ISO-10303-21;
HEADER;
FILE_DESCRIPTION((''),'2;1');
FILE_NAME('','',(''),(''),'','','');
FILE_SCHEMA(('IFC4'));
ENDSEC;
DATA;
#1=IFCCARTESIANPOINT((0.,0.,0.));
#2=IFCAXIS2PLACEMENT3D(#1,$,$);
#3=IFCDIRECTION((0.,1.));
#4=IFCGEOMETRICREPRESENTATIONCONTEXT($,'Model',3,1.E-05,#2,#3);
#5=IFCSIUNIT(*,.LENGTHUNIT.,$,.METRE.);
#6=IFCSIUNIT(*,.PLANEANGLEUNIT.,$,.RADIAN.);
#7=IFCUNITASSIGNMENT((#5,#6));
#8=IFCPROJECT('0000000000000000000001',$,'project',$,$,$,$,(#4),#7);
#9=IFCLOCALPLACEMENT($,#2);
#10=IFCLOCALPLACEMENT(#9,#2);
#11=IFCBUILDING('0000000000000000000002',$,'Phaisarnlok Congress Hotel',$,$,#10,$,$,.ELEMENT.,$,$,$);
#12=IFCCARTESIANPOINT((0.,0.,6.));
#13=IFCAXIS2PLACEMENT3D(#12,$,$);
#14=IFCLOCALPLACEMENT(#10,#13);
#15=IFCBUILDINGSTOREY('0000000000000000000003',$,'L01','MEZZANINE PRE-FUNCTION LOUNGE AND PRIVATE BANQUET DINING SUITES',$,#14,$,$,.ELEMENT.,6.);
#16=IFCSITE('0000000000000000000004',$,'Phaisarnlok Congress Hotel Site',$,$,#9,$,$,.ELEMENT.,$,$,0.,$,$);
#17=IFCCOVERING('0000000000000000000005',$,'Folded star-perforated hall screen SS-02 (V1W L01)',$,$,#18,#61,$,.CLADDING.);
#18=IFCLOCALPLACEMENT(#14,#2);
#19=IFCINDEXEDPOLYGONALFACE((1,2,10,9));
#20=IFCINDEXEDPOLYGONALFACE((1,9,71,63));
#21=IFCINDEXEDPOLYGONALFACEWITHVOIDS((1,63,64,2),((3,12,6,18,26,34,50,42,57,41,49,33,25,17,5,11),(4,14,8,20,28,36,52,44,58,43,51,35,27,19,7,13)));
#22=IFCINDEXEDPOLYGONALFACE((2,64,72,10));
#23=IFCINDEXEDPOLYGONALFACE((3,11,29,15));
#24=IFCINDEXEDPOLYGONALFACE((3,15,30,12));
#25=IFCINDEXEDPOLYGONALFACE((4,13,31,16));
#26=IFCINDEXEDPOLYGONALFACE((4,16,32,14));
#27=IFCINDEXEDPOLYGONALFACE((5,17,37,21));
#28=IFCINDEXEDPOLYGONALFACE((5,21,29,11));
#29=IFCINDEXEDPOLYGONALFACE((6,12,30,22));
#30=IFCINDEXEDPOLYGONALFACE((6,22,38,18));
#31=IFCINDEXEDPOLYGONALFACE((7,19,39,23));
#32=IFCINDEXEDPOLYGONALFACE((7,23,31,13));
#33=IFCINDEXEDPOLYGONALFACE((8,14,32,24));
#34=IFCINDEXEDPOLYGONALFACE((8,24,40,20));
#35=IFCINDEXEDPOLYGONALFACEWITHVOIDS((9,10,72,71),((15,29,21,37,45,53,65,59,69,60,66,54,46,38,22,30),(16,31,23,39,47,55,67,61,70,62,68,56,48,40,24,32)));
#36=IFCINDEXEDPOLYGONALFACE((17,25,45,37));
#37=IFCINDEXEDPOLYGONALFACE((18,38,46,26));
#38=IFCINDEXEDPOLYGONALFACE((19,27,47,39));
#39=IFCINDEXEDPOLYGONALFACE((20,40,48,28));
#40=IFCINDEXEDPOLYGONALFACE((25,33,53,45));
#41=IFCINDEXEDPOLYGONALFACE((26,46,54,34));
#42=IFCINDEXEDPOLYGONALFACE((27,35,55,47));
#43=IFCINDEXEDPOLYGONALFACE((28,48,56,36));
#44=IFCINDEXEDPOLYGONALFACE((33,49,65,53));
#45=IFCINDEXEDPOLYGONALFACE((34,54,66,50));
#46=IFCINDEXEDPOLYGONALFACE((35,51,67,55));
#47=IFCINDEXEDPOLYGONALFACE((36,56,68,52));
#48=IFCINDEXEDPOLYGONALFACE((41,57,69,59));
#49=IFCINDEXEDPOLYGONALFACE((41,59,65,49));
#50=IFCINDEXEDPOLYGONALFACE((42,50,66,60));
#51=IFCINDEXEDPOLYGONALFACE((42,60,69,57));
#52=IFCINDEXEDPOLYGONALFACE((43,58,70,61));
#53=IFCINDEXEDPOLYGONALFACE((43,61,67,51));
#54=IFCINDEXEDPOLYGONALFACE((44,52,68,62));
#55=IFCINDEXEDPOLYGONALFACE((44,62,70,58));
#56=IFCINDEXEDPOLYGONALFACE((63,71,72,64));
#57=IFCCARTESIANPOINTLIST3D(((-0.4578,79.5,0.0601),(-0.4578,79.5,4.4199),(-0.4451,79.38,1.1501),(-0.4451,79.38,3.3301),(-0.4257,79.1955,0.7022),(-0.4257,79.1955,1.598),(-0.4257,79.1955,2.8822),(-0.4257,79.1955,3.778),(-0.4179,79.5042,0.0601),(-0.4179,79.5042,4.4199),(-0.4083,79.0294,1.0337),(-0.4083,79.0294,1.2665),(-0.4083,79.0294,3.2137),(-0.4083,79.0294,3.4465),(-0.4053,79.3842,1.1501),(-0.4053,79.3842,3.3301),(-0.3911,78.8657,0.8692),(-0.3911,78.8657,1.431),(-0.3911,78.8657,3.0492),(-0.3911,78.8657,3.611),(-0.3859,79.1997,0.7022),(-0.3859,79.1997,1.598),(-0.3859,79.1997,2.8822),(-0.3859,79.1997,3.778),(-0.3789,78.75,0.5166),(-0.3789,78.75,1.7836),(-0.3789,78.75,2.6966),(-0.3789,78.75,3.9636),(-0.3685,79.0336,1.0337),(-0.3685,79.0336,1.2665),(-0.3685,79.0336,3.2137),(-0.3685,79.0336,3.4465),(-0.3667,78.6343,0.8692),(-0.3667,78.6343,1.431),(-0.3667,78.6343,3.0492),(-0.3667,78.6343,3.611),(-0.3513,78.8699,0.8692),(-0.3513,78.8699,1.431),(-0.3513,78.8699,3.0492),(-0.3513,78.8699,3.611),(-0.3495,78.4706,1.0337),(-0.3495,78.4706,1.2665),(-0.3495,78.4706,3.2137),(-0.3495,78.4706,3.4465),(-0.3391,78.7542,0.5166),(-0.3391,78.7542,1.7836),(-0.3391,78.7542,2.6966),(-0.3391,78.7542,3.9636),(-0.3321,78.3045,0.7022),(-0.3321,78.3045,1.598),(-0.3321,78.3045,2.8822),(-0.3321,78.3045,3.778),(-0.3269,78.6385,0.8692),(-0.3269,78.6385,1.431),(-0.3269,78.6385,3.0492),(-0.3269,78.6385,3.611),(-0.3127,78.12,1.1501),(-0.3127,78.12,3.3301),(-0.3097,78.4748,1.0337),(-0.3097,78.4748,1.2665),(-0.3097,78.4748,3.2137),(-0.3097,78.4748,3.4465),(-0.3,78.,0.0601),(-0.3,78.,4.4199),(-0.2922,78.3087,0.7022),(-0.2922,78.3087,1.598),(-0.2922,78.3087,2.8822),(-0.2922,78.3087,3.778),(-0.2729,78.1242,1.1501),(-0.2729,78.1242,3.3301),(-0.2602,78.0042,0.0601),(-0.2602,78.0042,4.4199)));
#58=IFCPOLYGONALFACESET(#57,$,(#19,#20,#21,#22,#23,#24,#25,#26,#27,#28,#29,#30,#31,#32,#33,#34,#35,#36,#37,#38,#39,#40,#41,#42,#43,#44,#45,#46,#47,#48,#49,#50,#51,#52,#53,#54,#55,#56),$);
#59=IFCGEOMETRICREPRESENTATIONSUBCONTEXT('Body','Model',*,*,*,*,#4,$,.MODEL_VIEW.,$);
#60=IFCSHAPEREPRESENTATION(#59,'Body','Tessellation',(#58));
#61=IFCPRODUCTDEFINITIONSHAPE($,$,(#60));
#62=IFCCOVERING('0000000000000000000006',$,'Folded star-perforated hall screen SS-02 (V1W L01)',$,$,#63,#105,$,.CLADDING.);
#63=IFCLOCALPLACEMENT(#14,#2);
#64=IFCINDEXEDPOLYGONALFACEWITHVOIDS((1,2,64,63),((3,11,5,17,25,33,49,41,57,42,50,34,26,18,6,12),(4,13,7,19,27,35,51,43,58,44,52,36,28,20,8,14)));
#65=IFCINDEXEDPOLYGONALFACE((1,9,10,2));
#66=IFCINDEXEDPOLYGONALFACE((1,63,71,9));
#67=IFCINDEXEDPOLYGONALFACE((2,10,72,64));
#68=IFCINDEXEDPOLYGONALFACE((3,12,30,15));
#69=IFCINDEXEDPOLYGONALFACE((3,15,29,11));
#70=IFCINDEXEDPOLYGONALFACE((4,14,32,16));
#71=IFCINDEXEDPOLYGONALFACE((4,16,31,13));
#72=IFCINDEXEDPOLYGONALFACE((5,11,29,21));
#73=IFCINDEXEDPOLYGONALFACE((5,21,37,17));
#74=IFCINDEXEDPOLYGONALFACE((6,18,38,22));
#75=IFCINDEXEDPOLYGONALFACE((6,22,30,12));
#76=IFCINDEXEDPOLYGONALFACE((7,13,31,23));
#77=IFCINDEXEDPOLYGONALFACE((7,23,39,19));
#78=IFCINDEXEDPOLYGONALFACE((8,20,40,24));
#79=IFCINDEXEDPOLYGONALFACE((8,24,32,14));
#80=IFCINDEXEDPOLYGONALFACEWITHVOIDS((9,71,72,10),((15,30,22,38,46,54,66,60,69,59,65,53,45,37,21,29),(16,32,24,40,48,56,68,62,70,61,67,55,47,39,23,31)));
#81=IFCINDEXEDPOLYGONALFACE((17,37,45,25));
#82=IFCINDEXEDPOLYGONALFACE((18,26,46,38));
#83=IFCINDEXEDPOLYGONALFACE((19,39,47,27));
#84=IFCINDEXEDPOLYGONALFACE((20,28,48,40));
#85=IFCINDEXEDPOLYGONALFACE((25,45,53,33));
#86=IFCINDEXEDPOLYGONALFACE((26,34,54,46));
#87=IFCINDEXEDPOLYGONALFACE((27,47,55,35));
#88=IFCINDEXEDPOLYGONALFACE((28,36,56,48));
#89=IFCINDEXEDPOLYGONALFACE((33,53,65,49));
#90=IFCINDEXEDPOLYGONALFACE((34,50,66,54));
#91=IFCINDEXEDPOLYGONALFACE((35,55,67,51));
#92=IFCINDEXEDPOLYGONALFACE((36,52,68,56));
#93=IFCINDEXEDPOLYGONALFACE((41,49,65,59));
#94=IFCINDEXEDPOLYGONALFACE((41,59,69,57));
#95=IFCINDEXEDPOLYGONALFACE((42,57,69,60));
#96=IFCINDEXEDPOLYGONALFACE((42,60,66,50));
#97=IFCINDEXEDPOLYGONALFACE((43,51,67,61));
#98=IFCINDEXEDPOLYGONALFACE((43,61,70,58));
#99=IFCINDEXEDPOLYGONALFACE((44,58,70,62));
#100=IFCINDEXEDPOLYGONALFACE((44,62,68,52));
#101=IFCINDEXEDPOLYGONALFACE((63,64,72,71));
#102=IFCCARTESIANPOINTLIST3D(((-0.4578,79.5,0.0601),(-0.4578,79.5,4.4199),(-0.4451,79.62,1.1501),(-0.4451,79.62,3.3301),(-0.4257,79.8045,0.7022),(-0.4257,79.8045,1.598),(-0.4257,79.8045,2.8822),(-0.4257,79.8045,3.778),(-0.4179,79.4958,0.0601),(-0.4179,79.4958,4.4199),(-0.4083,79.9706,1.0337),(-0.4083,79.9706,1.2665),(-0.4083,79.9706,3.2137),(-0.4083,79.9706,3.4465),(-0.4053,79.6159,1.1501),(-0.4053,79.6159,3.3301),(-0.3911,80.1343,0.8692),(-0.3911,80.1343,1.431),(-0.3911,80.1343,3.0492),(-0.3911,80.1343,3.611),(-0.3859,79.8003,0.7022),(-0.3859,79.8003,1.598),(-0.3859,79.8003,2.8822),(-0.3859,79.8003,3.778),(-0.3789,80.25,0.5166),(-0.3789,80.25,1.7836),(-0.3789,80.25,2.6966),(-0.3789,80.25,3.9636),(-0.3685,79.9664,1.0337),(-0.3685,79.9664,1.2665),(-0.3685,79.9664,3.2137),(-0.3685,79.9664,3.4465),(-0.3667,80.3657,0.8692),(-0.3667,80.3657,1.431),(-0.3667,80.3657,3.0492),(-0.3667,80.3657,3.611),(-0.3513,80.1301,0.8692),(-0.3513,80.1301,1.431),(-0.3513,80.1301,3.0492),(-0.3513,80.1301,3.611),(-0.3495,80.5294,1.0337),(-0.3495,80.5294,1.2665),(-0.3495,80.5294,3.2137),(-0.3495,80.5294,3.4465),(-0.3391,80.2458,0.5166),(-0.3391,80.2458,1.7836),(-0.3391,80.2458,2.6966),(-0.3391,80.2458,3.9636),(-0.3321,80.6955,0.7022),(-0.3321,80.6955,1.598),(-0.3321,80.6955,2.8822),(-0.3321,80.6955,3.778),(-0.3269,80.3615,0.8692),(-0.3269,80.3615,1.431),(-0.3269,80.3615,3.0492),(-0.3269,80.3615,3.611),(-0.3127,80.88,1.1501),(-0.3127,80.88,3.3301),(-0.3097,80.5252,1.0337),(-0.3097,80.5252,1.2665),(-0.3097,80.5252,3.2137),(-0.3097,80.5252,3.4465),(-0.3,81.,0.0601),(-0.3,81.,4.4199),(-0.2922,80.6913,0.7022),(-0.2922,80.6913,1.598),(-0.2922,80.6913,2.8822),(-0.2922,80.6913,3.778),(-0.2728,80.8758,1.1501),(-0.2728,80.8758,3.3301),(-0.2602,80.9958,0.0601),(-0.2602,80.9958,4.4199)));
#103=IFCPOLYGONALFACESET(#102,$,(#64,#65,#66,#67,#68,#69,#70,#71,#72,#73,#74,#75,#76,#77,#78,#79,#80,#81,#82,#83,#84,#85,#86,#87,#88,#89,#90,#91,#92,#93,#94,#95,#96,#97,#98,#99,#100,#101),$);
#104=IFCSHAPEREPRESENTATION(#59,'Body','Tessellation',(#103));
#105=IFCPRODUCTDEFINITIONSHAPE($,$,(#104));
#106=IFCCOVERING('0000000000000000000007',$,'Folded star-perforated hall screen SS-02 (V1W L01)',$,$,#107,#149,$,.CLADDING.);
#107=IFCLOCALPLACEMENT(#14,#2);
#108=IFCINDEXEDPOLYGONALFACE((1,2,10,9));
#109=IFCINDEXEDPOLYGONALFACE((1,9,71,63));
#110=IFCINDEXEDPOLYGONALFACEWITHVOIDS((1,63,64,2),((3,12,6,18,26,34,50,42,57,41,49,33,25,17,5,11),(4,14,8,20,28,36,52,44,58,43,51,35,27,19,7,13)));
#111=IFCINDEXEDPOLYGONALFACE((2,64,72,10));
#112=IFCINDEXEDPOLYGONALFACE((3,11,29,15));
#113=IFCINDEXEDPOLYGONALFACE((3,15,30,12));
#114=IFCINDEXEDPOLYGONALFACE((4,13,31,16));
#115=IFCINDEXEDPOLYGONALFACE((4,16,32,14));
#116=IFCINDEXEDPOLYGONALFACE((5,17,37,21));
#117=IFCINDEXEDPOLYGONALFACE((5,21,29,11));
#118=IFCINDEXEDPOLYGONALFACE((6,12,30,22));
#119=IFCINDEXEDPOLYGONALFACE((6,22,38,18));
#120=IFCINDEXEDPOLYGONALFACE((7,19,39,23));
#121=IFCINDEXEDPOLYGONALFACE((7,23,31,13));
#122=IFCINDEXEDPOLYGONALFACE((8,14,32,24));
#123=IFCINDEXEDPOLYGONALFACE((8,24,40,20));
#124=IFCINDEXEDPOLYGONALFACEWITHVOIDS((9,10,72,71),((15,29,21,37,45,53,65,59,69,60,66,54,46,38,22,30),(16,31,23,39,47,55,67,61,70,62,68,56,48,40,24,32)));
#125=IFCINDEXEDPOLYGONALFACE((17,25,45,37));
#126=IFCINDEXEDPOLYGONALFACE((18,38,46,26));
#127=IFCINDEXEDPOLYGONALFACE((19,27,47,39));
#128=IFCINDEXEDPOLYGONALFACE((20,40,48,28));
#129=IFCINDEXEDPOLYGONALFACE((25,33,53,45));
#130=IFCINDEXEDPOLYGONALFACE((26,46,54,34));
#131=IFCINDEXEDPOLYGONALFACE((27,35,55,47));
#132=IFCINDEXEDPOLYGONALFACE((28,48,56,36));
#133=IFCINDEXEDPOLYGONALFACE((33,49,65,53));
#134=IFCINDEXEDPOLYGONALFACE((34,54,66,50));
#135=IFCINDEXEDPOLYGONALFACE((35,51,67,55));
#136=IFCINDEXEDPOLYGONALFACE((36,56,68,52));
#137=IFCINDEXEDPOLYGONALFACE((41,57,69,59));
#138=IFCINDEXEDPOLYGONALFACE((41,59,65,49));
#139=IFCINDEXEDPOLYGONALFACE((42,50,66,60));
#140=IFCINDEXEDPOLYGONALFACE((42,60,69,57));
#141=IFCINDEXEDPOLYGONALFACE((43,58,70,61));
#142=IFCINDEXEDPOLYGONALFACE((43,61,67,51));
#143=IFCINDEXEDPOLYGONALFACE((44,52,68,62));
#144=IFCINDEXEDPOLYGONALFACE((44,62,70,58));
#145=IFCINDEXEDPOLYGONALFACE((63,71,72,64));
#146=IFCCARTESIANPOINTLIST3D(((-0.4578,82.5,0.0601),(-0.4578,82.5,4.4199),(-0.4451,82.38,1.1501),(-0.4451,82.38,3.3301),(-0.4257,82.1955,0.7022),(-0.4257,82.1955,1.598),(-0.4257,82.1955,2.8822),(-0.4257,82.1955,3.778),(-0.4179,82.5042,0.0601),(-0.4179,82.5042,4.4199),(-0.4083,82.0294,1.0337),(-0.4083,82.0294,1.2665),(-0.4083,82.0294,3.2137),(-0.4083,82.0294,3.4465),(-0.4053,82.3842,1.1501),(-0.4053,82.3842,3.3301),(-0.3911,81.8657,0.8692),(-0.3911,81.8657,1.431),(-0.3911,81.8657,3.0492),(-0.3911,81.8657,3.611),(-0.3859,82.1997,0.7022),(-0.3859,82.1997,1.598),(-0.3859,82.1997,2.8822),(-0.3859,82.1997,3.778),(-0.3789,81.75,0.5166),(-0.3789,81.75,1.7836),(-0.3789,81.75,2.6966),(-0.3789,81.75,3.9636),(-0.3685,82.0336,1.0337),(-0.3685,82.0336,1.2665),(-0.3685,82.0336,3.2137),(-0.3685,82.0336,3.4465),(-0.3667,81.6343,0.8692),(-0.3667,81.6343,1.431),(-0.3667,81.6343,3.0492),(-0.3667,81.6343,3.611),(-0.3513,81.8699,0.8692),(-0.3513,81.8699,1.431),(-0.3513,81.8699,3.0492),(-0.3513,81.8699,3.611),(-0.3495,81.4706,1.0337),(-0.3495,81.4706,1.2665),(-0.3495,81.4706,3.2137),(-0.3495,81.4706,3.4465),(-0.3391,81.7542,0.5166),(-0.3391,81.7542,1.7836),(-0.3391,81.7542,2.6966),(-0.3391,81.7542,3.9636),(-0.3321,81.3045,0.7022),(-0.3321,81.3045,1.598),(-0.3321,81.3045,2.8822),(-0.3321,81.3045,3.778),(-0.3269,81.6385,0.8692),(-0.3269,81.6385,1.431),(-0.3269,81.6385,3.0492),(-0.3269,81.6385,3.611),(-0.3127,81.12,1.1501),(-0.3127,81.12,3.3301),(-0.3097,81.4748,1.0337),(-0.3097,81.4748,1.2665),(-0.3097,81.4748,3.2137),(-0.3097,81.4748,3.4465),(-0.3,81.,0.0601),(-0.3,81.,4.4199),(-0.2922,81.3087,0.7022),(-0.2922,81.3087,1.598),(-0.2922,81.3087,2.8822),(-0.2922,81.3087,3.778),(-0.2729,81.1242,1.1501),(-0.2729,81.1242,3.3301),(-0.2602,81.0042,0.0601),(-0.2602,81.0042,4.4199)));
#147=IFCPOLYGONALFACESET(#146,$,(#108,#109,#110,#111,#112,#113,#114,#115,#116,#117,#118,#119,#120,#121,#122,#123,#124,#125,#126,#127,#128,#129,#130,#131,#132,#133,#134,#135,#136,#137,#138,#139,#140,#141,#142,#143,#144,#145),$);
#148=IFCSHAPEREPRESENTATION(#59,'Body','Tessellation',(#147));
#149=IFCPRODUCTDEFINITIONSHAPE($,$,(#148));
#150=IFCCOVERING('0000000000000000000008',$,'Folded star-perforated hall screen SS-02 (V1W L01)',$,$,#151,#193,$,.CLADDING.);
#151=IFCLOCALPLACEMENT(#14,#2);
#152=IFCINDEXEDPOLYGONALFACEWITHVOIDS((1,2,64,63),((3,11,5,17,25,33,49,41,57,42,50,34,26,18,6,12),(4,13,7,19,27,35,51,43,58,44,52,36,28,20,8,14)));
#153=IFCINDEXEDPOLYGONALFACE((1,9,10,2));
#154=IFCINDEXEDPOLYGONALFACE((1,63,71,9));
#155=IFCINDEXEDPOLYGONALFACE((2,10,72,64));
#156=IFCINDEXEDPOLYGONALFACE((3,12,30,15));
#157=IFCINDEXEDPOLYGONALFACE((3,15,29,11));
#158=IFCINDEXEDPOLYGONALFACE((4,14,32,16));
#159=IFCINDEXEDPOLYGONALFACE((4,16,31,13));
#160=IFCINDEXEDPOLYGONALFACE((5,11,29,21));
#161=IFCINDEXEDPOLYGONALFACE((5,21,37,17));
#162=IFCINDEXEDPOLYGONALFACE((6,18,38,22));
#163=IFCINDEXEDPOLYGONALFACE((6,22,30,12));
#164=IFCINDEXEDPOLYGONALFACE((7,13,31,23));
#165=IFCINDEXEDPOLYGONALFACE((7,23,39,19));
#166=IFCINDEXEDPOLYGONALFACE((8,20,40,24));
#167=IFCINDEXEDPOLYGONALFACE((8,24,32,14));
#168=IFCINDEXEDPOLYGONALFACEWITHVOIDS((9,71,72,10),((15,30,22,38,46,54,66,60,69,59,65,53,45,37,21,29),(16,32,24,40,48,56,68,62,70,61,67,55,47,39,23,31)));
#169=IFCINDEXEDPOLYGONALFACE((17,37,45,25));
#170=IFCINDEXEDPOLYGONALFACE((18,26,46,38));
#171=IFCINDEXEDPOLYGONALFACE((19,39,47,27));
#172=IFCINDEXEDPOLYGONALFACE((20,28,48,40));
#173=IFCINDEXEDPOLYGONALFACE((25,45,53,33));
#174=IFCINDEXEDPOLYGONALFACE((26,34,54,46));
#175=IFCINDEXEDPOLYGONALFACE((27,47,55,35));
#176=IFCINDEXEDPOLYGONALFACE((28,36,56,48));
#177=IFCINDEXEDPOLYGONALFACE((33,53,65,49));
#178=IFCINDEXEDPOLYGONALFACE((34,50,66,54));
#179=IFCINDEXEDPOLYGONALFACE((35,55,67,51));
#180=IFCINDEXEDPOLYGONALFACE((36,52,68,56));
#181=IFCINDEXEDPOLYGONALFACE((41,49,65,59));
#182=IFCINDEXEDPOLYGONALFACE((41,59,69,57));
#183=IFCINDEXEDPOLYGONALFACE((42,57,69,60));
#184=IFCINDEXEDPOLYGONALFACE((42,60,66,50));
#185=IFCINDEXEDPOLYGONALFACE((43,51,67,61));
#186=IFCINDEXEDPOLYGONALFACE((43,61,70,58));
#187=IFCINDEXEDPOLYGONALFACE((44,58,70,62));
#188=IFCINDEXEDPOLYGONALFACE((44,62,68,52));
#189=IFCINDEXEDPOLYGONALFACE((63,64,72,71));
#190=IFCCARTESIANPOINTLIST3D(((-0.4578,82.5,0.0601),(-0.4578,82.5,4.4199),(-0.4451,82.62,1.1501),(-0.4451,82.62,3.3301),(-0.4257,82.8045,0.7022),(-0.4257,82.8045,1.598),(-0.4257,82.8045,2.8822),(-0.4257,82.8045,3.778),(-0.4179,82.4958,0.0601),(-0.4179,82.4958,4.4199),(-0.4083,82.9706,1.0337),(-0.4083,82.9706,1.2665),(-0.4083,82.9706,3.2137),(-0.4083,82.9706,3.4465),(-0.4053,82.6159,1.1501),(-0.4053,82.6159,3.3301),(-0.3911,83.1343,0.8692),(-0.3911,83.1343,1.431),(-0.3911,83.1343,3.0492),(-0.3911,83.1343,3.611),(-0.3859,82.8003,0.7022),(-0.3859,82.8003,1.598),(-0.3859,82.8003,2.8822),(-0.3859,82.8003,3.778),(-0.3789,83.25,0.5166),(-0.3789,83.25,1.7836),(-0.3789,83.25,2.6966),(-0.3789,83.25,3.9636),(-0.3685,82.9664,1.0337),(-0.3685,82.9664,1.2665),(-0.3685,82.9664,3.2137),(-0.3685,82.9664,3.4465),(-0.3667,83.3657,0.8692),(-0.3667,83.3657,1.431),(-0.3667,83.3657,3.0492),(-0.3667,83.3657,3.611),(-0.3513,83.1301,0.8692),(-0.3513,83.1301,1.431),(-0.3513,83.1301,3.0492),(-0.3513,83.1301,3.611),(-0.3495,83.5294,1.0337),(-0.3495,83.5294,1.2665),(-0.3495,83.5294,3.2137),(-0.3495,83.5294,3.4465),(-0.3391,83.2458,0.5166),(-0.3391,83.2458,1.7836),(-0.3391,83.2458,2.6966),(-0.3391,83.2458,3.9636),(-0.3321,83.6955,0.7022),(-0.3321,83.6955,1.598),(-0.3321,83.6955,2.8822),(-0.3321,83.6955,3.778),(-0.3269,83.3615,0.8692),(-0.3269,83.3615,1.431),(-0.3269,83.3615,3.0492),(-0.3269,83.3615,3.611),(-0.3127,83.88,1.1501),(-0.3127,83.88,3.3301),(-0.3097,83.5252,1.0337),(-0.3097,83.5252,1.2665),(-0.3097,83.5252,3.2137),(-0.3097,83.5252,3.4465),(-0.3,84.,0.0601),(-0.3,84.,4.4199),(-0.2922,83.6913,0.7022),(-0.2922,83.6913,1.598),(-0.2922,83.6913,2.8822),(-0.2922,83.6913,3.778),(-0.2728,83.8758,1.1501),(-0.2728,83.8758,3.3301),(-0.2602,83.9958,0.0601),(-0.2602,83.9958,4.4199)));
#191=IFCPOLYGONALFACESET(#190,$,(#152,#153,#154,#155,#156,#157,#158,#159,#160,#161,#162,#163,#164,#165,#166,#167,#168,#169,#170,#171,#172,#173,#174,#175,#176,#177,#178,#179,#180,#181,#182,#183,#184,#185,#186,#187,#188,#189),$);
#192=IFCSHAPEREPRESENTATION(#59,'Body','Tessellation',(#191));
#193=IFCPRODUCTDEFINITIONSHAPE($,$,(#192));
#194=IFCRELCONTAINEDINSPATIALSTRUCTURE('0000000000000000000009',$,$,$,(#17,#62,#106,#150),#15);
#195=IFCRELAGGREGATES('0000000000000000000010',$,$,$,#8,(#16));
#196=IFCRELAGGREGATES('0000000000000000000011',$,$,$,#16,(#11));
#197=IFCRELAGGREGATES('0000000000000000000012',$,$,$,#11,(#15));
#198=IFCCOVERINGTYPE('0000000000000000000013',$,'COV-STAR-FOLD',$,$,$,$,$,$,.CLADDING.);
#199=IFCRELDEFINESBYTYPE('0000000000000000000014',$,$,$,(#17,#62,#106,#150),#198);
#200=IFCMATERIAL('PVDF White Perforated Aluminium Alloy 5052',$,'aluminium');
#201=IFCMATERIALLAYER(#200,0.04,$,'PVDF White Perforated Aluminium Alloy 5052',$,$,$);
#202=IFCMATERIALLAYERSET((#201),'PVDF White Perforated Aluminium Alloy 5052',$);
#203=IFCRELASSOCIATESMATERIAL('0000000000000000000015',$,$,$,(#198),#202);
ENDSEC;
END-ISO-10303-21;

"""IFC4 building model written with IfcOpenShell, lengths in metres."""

from ifc_helpers import new_model, si_unit, direction, frame, origin, place, context, subcontext, project, spatial, polyline, outline, extrude, material, layer, layer_set, type_object, element, save


model = new_model("IFC4")

# Units and contexts
model_context = context("Model", 3, precision=1e-05, world=origin(), true_north=direction((0.0, 1.0)))
body_context = subcontext(model_context, "Body", "Model", "MODEL_VIEW")
ifc_project = project(units=[si_unit("LENGTHUNIT", "METRE"), si_unit("PLANEANGLEUNIT", "RADIAN")], contexts=[model_context])

# Site, building, storey
site_placement = place(None, origin())
site = spatial("IfcSite", under=ifc_project, at=site_placement, Name="Phaisarnlok Congress Hotel Site", CompositionType="ELEMENT", RefElevation=0.0)
building_placement = place(site_placement, origin())
building = spatial("IfcBuilding", under=site, at=building_placement, Name="Phaisarnlok Congress Hotel", CompositionType="ELEMENT")
storey_placement = place(building_placement, frame((0.0, 0.0, 6.0)))
storey = spatial("IfcBuildingStorey", under=building, at=storey_placement, Name="L01", Description="MEZZANINE PRE-FUNCTION LOUNGE AND PRIVATE BANQUET DINING SUITES", CompositionType="ELEMENT", Elevation=6.0)

# Coverings
ifc_material_1 = material(Name="PVDF White Perforated Aluminium Alloy 5052", Category="aluminium")
ifc_layer = layer(ifc_material_1, 0.04, Name="PVDF White Perforated Aluminium Alloy 5052")
ifc_layer_set = layer_set([ifc_layer], Name="PVDF White Perforated Aluminium Alloy 5052")
covering_type = type_object("IfcCoveringType", Name="COV-STAR-FOLD", PredefinedType="CLADDING", material=ifc_layer_set)
for number, where, z_axis, x_axis, name in (
    (1, (-0.3, 78.0, 0.0601), (0.994518, 0.104567, 0.0), (-0.104567, 0.994518, 0.0), "Folded star-perforated hall screen SS-02 (V1W L01)"),
    (2, (-0.4578, 79.5, 0.0601), (0.994518, -0.104567, 0.0), (0.104567, 0.994518, 0.0), "Folded star-perforated hall screen SS-02 (V1W L01)"),
    (3, (-0.3, 81.0, 0.0601), (0.994518, 0.104567, 0.0), (-0.104567, 0.994518, 0.0), "Folded star-perforated hall screen SS-02 (V1W L01)"),
    (4, (-0.4578, 82.5, 0.0601), (0.994518, -0.104567, 0.0), (0.104567, 0.994518, 0.0), "Folded star-perforated hall screen SS-02 (V1W L01)"),
):
    element("IfcCovering", number, at=place(storey_placement, frame(where, z_axis=z_axis, x_axis=x_axis)), inside=storey, type_object=covering_type, Name=name, PredefinedType="CLADDING", context=body_context, shape_type="SweptSolid", body=[
        extrude(outline(polyline([(0.0, 0.0), (1.5083, 0.0), (1.5083, 4.3599), (0.0, 4.3599), (0.0, 0.0)]), holes=[polyline([(1.0351, 0.9736), (1.2021, 0.6421), (0.8705, 0.8091), (0.7541, 0.4565), (0.6378, 0.8091), (0.3062, 0.6421), (0.4732, 0.9736), (0.1207, 1.09), (0.4732, 1.2064), (0.3062, 1.5379), (0.6378, 1.3709), (0.7541, 1.7235), (0.8705, 1.3709), (1.2021, 1.5379), (1.0351, 1.2064), (1.3876, 1.09), (1.0351, 0.9736)]), polyline([(1.0351, 3.1536), (1.2021, 2.8221), (0.8705, 2.9891), (0.7541, 2.6365), (0.6378, 2.9891), (0.3062, 2.8221), (0.4732, 3.1536), (0.1207, 3.27), (0.4732, 3.3864), (0.3062, 3.7179), (0.6378, 3.5509), (0.7541, 3.9035), (0.8705, 3.5509), (1.2021, 3.7179), (1.0351, 3.3864), (1.3876, 3.27), (1.0351, 3.1536)])]), origin(), (0.0, 0.0, 1.0), 0.04),
    ])

save(model, "model.ifc")
